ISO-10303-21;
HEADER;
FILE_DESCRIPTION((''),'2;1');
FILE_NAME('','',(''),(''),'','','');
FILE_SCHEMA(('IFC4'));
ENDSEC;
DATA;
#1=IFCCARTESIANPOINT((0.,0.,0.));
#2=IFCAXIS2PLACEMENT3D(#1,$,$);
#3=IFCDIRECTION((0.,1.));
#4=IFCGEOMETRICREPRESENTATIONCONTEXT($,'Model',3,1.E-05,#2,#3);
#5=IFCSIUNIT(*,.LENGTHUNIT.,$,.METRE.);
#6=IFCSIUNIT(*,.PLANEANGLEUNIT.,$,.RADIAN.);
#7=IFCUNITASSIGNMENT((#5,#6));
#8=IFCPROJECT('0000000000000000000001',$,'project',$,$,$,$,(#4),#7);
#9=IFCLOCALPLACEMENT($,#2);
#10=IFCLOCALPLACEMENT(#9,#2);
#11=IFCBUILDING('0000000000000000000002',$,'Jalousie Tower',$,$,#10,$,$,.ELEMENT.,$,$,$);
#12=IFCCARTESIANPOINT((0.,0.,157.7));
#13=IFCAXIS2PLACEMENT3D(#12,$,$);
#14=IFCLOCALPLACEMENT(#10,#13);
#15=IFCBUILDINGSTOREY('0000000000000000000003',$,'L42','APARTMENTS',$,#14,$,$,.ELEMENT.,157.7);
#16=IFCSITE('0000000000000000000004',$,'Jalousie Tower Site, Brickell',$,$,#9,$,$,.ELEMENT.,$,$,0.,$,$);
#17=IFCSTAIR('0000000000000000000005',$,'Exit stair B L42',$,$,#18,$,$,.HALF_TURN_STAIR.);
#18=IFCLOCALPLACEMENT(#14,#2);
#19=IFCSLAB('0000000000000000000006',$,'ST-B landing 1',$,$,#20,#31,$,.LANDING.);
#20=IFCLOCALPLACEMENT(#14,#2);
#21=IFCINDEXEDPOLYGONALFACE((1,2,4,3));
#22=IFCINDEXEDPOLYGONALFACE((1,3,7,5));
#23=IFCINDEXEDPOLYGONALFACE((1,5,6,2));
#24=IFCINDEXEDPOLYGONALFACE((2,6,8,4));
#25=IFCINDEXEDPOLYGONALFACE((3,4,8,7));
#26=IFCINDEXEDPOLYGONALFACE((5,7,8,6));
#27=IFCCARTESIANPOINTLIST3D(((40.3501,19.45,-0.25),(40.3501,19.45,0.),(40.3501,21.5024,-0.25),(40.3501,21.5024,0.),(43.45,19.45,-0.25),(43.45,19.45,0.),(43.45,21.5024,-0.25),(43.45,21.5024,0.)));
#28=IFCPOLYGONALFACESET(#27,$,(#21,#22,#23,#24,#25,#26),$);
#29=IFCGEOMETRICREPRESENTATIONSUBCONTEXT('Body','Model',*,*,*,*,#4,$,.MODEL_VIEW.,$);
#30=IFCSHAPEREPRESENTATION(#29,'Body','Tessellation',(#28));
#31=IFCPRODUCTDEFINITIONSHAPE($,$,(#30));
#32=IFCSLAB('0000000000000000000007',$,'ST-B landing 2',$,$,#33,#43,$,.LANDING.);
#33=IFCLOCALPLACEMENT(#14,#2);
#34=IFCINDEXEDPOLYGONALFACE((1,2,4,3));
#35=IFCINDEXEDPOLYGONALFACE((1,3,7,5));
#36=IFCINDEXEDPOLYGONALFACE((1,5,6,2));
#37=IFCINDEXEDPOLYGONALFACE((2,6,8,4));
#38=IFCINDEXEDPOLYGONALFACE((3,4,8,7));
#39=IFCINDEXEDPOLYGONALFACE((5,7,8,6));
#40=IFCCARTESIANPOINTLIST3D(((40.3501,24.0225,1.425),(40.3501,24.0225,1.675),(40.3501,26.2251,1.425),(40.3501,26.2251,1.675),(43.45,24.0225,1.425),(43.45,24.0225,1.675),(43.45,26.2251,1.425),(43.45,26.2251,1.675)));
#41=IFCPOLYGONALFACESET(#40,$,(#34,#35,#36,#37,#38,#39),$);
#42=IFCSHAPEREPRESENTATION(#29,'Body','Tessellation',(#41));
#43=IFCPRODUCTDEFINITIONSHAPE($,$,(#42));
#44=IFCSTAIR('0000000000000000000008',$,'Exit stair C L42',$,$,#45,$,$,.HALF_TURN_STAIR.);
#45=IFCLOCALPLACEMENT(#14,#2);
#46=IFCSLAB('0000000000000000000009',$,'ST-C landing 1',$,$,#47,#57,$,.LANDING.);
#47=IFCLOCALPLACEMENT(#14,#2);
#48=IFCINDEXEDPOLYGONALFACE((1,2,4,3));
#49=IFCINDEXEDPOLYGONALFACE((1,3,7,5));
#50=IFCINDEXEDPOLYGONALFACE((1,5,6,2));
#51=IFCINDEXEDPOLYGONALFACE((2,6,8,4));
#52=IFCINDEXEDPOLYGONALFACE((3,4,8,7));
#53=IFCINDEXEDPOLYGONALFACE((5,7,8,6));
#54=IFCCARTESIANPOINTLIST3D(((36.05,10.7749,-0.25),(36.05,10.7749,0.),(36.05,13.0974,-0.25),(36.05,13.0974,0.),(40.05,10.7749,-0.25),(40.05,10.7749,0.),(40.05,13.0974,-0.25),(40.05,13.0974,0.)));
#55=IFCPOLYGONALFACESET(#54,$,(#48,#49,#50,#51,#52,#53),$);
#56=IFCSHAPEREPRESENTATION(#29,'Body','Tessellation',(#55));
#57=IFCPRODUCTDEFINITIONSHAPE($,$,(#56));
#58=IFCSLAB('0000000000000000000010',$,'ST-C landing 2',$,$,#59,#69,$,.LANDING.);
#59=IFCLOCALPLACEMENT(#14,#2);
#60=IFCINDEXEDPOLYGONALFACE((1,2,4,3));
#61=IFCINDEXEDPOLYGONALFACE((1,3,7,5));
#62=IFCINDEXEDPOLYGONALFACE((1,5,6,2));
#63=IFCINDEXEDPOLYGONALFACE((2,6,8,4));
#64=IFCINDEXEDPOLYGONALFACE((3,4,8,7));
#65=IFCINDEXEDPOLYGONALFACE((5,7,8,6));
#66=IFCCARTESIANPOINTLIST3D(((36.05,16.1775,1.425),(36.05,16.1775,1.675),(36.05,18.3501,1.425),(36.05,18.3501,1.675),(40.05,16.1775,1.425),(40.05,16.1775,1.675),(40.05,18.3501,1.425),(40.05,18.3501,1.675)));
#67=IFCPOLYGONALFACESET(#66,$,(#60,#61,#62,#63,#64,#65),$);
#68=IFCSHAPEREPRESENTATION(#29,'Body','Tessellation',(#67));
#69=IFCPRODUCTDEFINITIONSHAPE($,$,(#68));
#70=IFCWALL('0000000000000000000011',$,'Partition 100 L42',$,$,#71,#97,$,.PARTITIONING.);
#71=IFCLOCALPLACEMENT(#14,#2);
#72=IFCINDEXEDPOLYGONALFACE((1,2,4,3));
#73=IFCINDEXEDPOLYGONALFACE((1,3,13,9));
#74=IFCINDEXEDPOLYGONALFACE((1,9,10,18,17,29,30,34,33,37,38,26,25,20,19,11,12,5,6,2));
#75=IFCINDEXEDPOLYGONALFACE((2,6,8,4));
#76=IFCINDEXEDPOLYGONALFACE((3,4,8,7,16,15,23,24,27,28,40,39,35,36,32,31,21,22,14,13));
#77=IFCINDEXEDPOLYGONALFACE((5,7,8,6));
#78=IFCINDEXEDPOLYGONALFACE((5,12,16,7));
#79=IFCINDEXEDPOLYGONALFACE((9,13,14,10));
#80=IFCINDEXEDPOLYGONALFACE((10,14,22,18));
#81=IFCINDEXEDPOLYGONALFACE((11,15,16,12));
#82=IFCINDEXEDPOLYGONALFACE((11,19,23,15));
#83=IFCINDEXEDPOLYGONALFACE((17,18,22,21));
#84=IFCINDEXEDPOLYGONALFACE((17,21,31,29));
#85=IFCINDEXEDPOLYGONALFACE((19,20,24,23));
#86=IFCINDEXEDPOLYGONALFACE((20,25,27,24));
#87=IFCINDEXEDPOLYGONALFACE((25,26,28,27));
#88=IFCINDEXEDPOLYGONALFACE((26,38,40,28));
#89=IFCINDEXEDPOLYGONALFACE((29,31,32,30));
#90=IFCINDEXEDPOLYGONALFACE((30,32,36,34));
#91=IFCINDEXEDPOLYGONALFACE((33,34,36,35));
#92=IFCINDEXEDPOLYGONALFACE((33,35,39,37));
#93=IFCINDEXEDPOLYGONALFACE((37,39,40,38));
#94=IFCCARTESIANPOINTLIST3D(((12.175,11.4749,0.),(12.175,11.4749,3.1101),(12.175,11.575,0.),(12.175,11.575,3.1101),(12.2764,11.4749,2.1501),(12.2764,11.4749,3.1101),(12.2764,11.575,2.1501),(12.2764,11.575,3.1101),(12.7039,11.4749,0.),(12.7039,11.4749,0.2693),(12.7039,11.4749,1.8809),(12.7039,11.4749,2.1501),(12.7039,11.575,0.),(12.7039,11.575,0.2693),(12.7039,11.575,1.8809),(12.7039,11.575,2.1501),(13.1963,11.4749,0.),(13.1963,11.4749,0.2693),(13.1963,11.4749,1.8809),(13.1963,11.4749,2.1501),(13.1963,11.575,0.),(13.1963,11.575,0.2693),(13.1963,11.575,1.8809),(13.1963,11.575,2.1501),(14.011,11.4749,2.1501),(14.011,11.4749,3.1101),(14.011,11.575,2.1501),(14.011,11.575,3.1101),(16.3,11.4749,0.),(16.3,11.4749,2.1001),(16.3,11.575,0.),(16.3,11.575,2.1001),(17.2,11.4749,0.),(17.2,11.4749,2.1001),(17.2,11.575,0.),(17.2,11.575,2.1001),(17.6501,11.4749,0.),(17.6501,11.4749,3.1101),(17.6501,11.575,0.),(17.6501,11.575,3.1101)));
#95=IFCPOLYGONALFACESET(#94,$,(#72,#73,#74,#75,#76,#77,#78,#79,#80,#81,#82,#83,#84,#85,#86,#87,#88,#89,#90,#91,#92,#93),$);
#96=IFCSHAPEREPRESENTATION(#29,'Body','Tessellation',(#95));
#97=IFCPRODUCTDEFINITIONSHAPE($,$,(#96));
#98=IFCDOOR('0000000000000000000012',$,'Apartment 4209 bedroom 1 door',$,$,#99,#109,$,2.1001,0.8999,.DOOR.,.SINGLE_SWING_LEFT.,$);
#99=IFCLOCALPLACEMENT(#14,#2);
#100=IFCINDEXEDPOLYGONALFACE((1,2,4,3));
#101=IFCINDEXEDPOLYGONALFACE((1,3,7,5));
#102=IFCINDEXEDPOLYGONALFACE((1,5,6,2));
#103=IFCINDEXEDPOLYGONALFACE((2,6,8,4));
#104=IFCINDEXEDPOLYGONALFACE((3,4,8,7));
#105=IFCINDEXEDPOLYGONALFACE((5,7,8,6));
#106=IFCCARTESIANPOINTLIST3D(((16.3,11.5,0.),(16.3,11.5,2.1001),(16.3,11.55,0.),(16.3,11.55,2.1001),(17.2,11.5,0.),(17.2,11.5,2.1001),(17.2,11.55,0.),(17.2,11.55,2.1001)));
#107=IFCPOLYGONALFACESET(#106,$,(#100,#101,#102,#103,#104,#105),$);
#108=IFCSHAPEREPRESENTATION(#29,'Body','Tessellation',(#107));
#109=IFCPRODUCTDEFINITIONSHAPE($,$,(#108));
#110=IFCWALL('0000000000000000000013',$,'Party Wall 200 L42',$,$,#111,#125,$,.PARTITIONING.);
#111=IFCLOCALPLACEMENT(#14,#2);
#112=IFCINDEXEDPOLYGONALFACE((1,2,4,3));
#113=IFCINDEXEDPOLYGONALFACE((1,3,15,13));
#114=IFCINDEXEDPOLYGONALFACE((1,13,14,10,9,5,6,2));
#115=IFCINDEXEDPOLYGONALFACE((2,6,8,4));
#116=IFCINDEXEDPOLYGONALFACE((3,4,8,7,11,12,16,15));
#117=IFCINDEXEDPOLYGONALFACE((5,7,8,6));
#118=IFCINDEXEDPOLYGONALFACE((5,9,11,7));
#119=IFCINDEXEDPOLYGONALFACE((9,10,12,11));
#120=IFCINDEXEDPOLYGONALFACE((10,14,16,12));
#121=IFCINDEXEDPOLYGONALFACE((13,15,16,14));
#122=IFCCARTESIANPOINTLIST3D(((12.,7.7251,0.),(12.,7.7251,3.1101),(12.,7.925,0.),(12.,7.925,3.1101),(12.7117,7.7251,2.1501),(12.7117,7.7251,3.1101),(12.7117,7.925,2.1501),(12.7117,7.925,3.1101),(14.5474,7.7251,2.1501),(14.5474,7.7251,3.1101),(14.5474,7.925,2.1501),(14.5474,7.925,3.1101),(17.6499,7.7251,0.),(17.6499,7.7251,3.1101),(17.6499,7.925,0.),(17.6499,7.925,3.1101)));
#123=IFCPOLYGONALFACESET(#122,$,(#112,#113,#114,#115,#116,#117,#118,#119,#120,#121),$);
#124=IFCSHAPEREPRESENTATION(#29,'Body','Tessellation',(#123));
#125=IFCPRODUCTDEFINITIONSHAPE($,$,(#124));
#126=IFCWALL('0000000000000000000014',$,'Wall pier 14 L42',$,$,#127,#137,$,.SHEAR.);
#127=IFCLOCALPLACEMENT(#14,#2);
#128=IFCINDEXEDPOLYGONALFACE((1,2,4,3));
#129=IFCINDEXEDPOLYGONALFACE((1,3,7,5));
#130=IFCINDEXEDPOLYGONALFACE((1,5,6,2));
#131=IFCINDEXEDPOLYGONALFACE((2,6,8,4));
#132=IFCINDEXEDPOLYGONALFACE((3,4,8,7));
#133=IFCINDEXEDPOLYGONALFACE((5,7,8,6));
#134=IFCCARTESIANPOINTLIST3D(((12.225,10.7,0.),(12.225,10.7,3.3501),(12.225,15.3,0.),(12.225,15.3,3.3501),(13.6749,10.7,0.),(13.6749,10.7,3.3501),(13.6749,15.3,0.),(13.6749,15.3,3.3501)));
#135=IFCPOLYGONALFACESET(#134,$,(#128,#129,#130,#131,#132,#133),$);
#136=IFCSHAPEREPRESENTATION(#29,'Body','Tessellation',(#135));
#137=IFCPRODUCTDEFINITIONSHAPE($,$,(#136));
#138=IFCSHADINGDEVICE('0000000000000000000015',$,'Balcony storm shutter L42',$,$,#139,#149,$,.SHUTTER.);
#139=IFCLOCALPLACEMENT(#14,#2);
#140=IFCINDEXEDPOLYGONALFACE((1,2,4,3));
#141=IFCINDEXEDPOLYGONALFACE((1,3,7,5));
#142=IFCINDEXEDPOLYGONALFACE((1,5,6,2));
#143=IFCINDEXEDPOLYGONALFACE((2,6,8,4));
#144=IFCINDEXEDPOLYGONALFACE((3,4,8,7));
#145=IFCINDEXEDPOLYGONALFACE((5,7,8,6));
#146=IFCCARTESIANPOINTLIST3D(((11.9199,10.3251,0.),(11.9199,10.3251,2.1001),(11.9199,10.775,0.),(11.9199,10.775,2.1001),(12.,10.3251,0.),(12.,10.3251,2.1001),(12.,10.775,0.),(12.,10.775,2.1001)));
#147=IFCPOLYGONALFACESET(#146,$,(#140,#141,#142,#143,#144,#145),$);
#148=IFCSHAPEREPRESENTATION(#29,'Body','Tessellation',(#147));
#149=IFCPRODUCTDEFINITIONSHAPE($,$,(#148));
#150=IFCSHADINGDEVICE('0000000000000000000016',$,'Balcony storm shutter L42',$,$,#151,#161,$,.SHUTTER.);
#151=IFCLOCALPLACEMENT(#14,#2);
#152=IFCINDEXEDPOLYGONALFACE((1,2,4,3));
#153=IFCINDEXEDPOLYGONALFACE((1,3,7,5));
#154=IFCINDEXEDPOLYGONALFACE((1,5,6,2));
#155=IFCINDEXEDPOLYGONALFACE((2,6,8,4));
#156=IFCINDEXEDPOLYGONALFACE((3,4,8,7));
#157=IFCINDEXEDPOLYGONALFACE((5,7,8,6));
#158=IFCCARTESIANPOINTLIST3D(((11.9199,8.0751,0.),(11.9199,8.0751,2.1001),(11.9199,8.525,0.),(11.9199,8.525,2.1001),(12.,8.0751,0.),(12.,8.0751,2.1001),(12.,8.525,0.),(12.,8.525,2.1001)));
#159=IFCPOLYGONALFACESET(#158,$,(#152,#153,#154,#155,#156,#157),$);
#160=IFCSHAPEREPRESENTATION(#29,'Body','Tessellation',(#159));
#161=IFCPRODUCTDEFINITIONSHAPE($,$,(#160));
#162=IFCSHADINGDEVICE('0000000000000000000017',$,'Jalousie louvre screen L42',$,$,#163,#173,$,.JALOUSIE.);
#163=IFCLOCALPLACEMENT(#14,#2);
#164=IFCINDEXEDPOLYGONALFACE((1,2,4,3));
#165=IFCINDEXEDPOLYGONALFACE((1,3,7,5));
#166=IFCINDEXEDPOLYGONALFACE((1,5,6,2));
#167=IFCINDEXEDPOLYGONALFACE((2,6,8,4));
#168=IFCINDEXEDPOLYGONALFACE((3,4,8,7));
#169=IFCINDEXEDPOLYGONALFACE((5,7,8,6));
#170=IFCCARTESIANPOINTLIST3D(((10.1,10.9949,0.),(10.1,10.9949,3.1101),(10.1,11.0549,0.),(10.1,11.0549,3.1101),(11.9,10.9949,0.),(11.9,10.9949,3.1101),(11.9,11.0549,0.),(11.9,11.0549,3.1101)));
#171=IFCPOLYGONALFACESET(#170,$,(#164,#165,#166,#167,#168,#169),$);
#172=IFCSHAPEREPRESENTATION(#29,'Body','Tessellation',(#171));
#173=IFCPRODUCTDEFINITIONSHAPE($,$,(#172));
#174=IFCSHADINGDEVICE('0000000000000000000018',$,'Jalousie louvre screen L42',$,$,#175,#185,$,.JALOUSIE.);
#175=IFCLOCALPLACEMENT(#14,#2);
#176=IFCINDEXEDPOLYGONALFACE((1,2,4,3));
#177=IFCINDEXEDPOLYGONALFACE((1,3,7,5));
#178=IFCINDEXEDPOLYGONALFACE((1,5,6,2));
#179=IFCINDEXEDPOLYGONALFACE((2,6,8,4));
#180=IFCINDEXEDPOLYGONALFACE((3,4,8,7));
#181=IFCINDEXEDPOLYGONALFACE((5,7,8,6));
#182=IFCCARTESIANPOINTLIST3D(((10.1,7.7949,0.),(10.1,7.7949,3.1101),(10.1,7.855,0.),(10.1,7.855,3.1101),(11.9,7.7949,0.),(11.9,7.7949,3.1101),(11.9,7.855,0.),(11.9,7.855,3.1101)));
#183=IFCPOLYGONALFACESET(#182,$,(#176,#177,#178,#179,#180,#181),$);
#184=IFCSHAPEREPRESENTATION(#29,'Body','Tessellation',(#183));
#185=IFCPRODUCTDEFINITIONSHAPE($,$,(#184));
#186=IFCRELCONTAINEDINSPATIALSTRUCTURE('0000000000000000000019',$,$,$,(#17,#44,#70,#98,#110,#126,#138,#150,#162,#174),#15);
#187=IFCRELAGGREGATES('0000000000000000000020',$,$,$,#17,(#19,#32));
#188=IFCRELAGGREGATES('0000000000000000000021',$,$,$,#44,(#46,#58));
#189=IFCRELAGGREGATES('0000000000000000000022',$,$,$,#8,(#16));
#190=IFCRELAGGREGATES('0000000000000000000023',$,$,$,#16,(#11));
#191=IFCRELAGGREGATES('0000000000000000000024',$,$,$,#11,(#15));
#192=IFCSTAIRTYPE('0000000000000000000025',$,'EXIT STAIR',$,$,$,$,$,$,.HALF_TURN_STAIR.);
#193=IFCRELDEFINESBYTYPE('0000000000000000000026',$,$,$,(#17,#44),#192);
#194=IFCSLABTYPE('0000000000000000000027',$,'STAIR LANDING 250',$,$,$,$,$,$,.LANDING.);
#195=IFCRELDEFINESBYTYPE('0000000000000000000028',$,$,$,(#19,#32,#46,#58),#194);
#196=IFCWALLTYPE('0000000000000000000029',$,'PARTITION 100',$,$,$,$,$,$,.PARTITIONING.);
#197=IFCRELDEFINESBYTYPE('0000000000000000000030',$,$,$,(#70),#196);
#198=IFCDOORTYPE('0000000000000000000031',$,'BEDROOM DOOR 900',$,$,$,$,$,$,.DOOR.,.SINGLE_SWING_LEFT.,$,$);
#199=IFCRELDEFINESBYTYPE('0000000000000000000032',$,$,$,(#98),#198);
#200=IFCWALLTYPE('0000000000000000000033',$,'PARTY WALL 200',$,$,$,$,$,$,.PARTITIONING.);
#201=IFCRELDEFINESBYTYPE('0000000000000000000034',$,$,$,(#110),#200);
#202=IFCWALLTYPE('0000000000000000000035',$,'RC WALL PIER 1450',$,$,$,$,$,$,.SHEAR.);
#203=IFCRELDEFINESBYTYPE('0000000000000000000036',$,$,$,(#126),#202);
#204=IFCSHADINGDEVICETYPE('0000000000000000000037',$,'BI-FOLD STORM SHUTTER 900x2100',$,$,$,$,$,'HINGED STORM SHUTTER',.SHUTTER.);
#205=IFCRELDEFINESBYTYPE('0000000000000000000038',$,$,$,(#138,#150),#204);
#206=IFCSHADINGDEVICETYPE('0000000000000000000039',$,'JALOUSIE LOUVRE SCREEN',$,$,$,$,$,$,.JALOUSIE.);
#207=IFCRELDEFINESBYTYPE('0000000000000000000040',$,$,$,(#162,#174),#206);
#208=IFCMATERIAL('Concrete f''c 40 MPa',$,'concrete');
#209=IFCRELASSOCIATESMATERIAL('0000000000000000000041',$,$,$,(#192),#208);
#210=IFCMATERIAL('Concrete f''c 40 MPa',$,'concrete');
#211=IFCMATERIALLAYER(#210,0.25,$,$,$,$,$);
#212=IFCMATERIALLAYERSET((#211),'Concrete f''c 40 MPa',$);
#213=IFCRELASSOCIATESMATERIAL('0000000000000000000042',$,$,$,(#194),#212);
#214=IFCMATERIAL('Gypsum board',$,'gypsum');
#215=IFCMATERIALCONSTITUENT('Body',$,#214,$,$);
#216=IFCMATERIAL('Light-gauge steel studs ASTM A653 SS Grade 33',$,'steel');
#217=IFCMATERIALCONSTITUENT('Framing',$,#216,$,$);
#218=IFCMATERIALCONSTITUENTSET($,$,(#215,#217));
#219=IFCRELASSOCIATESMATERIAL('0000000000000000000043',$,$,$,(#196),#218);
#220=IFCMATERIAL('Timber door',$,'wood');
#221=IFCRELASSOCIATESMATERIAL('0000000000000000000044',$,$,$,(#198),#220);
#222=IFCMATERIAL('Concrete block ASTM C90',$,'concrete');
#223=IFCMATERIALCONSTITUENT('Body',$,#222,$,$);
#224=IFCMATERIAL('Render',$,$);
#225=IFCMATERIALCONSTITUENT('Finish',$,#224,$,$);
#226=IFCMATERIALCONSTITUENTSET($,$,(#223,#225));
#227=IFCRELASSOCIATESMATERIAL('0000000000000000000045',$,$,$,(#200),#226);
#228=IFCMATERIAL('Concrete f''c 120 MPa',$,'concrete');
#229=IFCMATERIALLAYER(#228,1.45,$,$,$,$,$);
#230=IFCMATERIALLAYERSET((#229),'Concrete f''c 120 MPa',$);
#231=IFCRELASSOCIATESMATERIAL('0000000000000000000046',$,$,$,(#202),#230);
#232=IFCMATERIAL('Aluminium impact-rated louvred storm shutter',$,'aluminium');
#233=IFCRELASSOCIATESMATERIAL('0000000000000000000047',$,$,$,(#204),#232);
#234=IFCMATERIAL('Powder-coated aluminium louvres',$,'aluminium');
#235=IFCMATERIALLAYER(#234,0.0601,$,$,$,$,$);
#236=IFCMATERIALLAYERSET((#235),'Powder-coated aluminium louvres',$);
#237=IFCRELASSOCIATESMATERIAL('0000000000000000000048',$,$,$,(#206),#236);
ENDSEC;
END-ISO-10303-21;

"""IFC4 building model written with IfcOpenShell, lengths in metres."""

from ifc_helpers import new_model, si_unit, direction, frame, frame_2d, origin, origin_2d, place, context, subcontext, project, spatial, polyline, rectangle, outline, extrude, material, layer, layer_set, constituent, constituent_set, type_object, element, fill, aggregate, save


model = new_model("IFC4")

# Units and contexts
model_context = context("Model", 3, precision=1e-05, world=origin(), true_north=direction((0.0, 1.0)))
body_context = subcontext(model_context, "Body", "Model", "MODEL_VIEW")
ifc_project = project(units=[si_unit("LENGTHUNIT", "METRE"), si_unit("PLANEANGLEUNIT", "RADIAN")], contexts=[model_context])

# Site, building, storey
site_placement = place(None, origin())
site = spatial("IfcSite", under=ifc_project, at=site_placement, Name="Jalousie Tower Site, Brickell", CompositionType="ELEMENT", RefElevation=0.0)
building_placement = place(site_placement, origin())
building = spatial("IfcBuilding", under=site, at=building_placement, Name="Jalousie Tower", CompositionType="ELEMENT")
storey_placement = place(building_placement, frame((0.0, 0.0, 157.7)))
storey = spatial("IfcBuildingStorey", under=building, at=storey_placement, Name="L42", Description="APARTMENTS", CompositionType="ELEMENT", Elevation=157.7)

# Stairs, slabs
ifc_material_1 = material(Name="Concrete f'c 40 MPa", Category="concrete")
stair_type = type_object("IfcStairType", Name="EXIT STAIR", PredefinedType="HALF_TURN_STAIR", material=ifc_material_1)
ifc_material_2 = material(Name="Concrete f'c 40 MPa", Category="concrete")
ifc_layer_1 = layer(ifc_material_2, 0.25)
ifc_layer_set_1 = layer_set([ifc_layer_1], Name="Concrete f'c 40 MPa")
slab_type_1 = type_object("IfcSlabType", Name="STAIR LANDING 250", PredefinedType="LANDING", material=ifc_layer_set_1)
stair_1_placement = place(storey_placement, origin())
stair_1 = element("IfcStair", 1, at=stair_1_placement, inside=storey, type_object=stair_type, Name="Exit stair B L42", PredefinedType="HALF_TURN_STAIR")
slab_1_placement = place(storey_placement, frame((0.0, 0.0, -0.25)))
slab_1 = element("IfcSlab", 2, at=slab_1_placement, type_object=slab_type_1, Name="ST-B landing 1", PredefinedType="LANDING", context=body_context, shape_type="SweptSolid", body=[
    extrude(outline(polyline([(40.3501, 19.45), (43.45, 19.45), (43.45, 21.5024), (40.3501, 21.5024), (40.3501, 19.45)])), origin(), (0.0, 0.0, 1.0), 0.25),
])
slab_2_placement = place(storey_placement, frame((0.0, 0.0, 1.425)))
slab_2 = element("IfcSlab", 3, at=slab_2_placement, type_object=slab_type_1, Name="ST-B landing 2", PredefinedType="LANDING", context=body_context, shape_type="SweptSolid", body=[
    extrude(outline(polyline([(40.3501, 24.0225), (43.45, 24.0225), (43.45, 26.2251), (40.3501, 26.2251), (40.3501, 24.0225)])), origin(), (0.0, 0.0, 1.0), 0.25),
])
aggregate(stair_1, [slab_1, slab_2])
stair_2_placement = place(storey_placement, origin())
stair_2 = element("IfcStair", 4, at=stair_2_placement, inside=storey, type_object=stair_type, Name="Exit stair C L42", PredefinedType="HALF_TURN_STAIR")
slab_3_placement = place(storey_placement, frame((0.0, 0.0, -0.25)))
slab_3 = element("IfcSlab", 5, at=slab_3_placement, type_object=slab_type_1, Name="ST-C landing 1", PredefinedType="LANDING", context=body_context, shape_type="SweptSolid", body=[
    extrude(outline(polyline([(36.05, 10.7749), (40.05, 10.7749), (40.05, 13.0974), (36.05, 13.0974), (36.05, 10.7749)])), origin(), (0.0, 0.0, 1.0), 0.25),
])
slab_4_placement = place(storey_placement, frame((0.0, 0.0, 1.425)))
slab_4 = element("IfcSlab", 6, at=slab_4_placement, type_object=slab_type_1, Name="ST-C landing 2", PredefinedType="LANDING", context=body_context, shape_type="SweptSolid", body=[
    extrude(outline(polyline([(36.05, 16.1775), (40.05, 16.1775), (40.05, 18.3501), (36.05, 18.3501), (36.05, 16.1775)])), origin(), (0.0, 0.0, 1.0), 0.25),
])
aggregate(stair_2, [slab_3, slab_4])

# Wall, opening, door
ifc_material_3 = material(Name="Gypsum board", Category="gypsum")
ifc_constituent_1 = constituent(ifc_material_3, Name="Body")
ifc_material_4 = material(Name="Light-gauge steel studs ASTM A653 SS Grade 33", Category="steel")
ifc_constituent_2 = constituent(ifc_material_4, Name="Framing")
ifc_constituent_set_1 = constituent_set(constituents=[ifc_constituent_1, ifc_constituent_2])
wall_type_1 = type_object("IfcWallType", Name="PARTITION 100", PredefinedType="PARTITIONING", material=ifc_constituent_set_1)
wall_1_placement = place(storey_placement, frame((12.175, 11.5249, 0.0), z_axis=(0.0, 0.0, 1.0), x_axis=(1.0, 0.0, 0.0)))
wall_1 = element("IfcWall", 7, at=wall_1_placement, inside=storey, type_object=wall_type_1, Name="Partition 100 L42", PredefinedType="PARTITIONING", context=body_context, shape_type="SweptSolid", body=[
    extrude(outline(polyline([(0.1013, 3.1101), (0.0, 3.1101), (0.0, 0.0), (0.5288, 0.0), (0.5288, 0.2693), (1.0212, 0.2693), (1.0212, 0.0), (5.4751, 0.0), (5.4751, 3.1101), (1.8359, 3.1101), (1.8359, 2.1501), (1.0212, 2.1501), (1.0212, 1.8809), (0.5288, 1.8809), (0.5288, 2.1501), (0.1013, 2.1501), (0.1013, 3.1101)])), frame((0.0, 0.05, 0.0), z_axis=(0.0, -1.0, 0.0), x_axis=(1.0, 0.0, 0.0)), (0.0, 0.0, 1.0), 0.1001),
])
opening_placement = place(wall_1_placement, frame((4.125, 0.0, 0.0)))
opening = element("IfcOpeningElement", 8, at=opening_placement, cuts=wall_1, PredefinedType="OPENING", context=body_context, shape_type="SweptSolid", body=[
    extrude(rectangle(XDim=0.8999, YDim=2.1001, at=frame_2d((0.45, 1.05))), frame((0.0, 0.0601, 0.0), z_axis=(0.0, -1.0, 0.0), x_axis=(1.0, 0.0, 0.0)), (0.0, 0.0, 1.0), 0.1201),
])
ifc_material_5 = material(Name="Timber door", Category="wood")
door_type = type_object("IfcDoorType", Name="BEDROOM DOOR 900", OperationType="SINGLE_SWING_LEFT", PredefinedType="DOOR", material=ifc_material_5)
door_placement = place(opening_placement, frame((0.8999, 0.0, 0.0), z_axis=(0.0, 0.0, 1.0), x_axis=(-1.0, 0.0, 0.0)))
door = element("IfcDoor", 9, at=door_placement, inside=storey, type_object=door_type, Name="Apartment 4209 bedroom 1 door", OperationType="SINGLE_SWING_LEFT", OverallHeight=2.1001, OverallWidth=0.8999, PredefinedType="DOOR", context=body_context, shape_type="SweptSolid", body=[
    extrude(rectangle(XDim=0.8999, YDim=2.1001, at=frame_2d((0.45, 1.05))), frame((0.0, 0.0249, 0.0), z_axis=(0.0, -1.0, 0.0), x_axis=(1.0, 0.0, 0.0)), (0.0, 0.0, 1.0), 0.05),
])
fill(opening, door)

# Walls
ifc_material_6 = material(Name="Concrete block ASTM C90", Category="concrete")
ifc_constituent_3 = constituent(ifc_material_6, Name="Body")
ifc_material_7 = material(Name="Render")
ifc_constituent_4 = constituent(ifc_material_7, Name="Finish")
ifc_constituent_set_2 = constituent_set(constituents=[ifc_constituent_3, ifc_constituent_4])
wall_type_2 = type_object("IfcWallType", Name="PARTY WALL 200", PredefinedType="PARTITIONING", material=ifc_constituent_set_2)
wall_2_placement = place(storey_placement, frame((12.0, 7.825, 0.0), z_axis=(0.0, 0.0, 1.0), x_axis=(1.0, 0.0, 0.0)))
element("IfcWall", 10, at=wall_2_placement, inside=storey, type_object=wall_type_2, Name="Party Wall 200 L42", PredefinedType="PARTITIONING", context=body_context, shape_type="SweptSolid", body=[
    extrude(outline(polyline([(0.0, 0.0), (5.6499, 0.0), (5.6499, 3.1101), (2.5474, 3.1101), (2.5474, 2.1501), (0.7117, 2.1501), (0.7117, 3.1101), (0.0, 3.1101), (0.0, 0.0)])), frame((0.0, 0.1001, 0.0), z_axis=(0.0, -1.0, 0.0), x_axis=(1.0, 0.0, 0.0)), (0.0, 0.0, 1.0), 0.2),
])
ifc_material_8 = material(Name="Concrete f'c 120 MPa", Category="concrete")
ifc_layer_2 = layer(ifc_material_8, 1.45)
ifc_layer_set_2 = layer_set([ifc_layer_2], Name="Concrete f'c 120 MPa")
wall_type_3 = type_object("IfcWallType", Name="RC WALL PIER 1450", PredefinedType="SHEAR", material=ifc_layer_set_2)
wall_3_placement = place(storey_placement, frame((12.95, 10.7, 0.0), z_axis=(0.0, 0.0, 1.0), x_axis=(0.0, 1.0, 0.0)))
element("IfcWall", 11, at=wall_3_placement, inside=storey, type_object=wall_type_3, Name="Wall pier 14 L42", PredefinedType="SHEAR", context=body_context, shape_type="SweptSolid", body=[
    extrude(rectangle(XDim=4.6001, YDim=1.45, at=frame_2d((2.3, 0.0))), origin(), (0.0, 0.0, 1.0), 3.3501),
])

# Shading devices
ifc_material_9 = material(Name="Aluminium impact-rated louvred storm shutter", Category="aluminium")
shading_device_type_1 = type_object("IfcShadingDeviceType", Name="BI-FOLD STORM SHUTTER 900x2100", ElementType="HINGED STORM SHUTTER", PredefinedType="SHUTTER", material=ifc_material_9)
for number, where, z_axis, x_axis, name in (
    (12, (11.96, 10.55, 0.0), (0.0, 0.0, 1.0), (0.0, -1.0, 0.0), "Balcony storm shutter L42"),
    (13, (11.96, 8.3, 0.0), (0.0, 0.0, 1.0), (0.0, -1.0, 0.0), "Balcony storm shutter L42"),
):
    element("IfcShadingDevice", number, at=place(storey_placement, frame(where, z_axis=z_axis, x_axis=x_axis)), inside=storey, type_object=shading_device_type_1, Name=name, PredefinedType="SHUTTER", context=body_context, shape_type="SweptSolid", body=[
        extrude(rectangle(XDim=0.45, YDim=0.0801, at=origin_2d()), origin(), (0.0, 0.0, 1.0), 2.1001),
    ])

# Shading devices
ifc_material_10 = material(Name="Powder-coated aluminium louvres", Category="aluminium")
ifc_layer_3 = layer(ifc_material_10, 0.0601)
ifc_layer_set_3 = layer_set([ifc_layer_3], Name="Powder-coated aluminium louvres")
shading_device_type_2 = type_object("IfcShadingDeviceType", Name="JALOUSIE LOUVRE SCREEN", PredefinedType="JALOUSIE", material=ifc_layer_set_3)
for number, where, z_axis, x_axis, name in (
    (14, (11.0, 11.0249, 0.0), (0.0, 0.0, 1.0), (0.0, -1.0, 0.0), "Jalousie louvre screen L42"),
    (15, (11.0, 7.825, 0.0), (0.0, 0.0, 1.0), (0.0, -1.0, 0.0), "Jalousie louvre screen L42"),
):
    element("IfcShadingDevice", number, at=place(storey_placement, frame(where, z_axis=z_axis, x_axis=x_axis)), inside=storey, type_object=shading_device_type_2, Name=name, PredefinedType="JALOUSIE", context=body_context, shape_type="SweptSolid", body=[
        extrude(rectangle(XDim=0.0601, YDim=1.8, at=origin_2d()), origin(), (0.0, 0.0, 1.0), 3.1101),
    ])

save(model, "model.ifc")
